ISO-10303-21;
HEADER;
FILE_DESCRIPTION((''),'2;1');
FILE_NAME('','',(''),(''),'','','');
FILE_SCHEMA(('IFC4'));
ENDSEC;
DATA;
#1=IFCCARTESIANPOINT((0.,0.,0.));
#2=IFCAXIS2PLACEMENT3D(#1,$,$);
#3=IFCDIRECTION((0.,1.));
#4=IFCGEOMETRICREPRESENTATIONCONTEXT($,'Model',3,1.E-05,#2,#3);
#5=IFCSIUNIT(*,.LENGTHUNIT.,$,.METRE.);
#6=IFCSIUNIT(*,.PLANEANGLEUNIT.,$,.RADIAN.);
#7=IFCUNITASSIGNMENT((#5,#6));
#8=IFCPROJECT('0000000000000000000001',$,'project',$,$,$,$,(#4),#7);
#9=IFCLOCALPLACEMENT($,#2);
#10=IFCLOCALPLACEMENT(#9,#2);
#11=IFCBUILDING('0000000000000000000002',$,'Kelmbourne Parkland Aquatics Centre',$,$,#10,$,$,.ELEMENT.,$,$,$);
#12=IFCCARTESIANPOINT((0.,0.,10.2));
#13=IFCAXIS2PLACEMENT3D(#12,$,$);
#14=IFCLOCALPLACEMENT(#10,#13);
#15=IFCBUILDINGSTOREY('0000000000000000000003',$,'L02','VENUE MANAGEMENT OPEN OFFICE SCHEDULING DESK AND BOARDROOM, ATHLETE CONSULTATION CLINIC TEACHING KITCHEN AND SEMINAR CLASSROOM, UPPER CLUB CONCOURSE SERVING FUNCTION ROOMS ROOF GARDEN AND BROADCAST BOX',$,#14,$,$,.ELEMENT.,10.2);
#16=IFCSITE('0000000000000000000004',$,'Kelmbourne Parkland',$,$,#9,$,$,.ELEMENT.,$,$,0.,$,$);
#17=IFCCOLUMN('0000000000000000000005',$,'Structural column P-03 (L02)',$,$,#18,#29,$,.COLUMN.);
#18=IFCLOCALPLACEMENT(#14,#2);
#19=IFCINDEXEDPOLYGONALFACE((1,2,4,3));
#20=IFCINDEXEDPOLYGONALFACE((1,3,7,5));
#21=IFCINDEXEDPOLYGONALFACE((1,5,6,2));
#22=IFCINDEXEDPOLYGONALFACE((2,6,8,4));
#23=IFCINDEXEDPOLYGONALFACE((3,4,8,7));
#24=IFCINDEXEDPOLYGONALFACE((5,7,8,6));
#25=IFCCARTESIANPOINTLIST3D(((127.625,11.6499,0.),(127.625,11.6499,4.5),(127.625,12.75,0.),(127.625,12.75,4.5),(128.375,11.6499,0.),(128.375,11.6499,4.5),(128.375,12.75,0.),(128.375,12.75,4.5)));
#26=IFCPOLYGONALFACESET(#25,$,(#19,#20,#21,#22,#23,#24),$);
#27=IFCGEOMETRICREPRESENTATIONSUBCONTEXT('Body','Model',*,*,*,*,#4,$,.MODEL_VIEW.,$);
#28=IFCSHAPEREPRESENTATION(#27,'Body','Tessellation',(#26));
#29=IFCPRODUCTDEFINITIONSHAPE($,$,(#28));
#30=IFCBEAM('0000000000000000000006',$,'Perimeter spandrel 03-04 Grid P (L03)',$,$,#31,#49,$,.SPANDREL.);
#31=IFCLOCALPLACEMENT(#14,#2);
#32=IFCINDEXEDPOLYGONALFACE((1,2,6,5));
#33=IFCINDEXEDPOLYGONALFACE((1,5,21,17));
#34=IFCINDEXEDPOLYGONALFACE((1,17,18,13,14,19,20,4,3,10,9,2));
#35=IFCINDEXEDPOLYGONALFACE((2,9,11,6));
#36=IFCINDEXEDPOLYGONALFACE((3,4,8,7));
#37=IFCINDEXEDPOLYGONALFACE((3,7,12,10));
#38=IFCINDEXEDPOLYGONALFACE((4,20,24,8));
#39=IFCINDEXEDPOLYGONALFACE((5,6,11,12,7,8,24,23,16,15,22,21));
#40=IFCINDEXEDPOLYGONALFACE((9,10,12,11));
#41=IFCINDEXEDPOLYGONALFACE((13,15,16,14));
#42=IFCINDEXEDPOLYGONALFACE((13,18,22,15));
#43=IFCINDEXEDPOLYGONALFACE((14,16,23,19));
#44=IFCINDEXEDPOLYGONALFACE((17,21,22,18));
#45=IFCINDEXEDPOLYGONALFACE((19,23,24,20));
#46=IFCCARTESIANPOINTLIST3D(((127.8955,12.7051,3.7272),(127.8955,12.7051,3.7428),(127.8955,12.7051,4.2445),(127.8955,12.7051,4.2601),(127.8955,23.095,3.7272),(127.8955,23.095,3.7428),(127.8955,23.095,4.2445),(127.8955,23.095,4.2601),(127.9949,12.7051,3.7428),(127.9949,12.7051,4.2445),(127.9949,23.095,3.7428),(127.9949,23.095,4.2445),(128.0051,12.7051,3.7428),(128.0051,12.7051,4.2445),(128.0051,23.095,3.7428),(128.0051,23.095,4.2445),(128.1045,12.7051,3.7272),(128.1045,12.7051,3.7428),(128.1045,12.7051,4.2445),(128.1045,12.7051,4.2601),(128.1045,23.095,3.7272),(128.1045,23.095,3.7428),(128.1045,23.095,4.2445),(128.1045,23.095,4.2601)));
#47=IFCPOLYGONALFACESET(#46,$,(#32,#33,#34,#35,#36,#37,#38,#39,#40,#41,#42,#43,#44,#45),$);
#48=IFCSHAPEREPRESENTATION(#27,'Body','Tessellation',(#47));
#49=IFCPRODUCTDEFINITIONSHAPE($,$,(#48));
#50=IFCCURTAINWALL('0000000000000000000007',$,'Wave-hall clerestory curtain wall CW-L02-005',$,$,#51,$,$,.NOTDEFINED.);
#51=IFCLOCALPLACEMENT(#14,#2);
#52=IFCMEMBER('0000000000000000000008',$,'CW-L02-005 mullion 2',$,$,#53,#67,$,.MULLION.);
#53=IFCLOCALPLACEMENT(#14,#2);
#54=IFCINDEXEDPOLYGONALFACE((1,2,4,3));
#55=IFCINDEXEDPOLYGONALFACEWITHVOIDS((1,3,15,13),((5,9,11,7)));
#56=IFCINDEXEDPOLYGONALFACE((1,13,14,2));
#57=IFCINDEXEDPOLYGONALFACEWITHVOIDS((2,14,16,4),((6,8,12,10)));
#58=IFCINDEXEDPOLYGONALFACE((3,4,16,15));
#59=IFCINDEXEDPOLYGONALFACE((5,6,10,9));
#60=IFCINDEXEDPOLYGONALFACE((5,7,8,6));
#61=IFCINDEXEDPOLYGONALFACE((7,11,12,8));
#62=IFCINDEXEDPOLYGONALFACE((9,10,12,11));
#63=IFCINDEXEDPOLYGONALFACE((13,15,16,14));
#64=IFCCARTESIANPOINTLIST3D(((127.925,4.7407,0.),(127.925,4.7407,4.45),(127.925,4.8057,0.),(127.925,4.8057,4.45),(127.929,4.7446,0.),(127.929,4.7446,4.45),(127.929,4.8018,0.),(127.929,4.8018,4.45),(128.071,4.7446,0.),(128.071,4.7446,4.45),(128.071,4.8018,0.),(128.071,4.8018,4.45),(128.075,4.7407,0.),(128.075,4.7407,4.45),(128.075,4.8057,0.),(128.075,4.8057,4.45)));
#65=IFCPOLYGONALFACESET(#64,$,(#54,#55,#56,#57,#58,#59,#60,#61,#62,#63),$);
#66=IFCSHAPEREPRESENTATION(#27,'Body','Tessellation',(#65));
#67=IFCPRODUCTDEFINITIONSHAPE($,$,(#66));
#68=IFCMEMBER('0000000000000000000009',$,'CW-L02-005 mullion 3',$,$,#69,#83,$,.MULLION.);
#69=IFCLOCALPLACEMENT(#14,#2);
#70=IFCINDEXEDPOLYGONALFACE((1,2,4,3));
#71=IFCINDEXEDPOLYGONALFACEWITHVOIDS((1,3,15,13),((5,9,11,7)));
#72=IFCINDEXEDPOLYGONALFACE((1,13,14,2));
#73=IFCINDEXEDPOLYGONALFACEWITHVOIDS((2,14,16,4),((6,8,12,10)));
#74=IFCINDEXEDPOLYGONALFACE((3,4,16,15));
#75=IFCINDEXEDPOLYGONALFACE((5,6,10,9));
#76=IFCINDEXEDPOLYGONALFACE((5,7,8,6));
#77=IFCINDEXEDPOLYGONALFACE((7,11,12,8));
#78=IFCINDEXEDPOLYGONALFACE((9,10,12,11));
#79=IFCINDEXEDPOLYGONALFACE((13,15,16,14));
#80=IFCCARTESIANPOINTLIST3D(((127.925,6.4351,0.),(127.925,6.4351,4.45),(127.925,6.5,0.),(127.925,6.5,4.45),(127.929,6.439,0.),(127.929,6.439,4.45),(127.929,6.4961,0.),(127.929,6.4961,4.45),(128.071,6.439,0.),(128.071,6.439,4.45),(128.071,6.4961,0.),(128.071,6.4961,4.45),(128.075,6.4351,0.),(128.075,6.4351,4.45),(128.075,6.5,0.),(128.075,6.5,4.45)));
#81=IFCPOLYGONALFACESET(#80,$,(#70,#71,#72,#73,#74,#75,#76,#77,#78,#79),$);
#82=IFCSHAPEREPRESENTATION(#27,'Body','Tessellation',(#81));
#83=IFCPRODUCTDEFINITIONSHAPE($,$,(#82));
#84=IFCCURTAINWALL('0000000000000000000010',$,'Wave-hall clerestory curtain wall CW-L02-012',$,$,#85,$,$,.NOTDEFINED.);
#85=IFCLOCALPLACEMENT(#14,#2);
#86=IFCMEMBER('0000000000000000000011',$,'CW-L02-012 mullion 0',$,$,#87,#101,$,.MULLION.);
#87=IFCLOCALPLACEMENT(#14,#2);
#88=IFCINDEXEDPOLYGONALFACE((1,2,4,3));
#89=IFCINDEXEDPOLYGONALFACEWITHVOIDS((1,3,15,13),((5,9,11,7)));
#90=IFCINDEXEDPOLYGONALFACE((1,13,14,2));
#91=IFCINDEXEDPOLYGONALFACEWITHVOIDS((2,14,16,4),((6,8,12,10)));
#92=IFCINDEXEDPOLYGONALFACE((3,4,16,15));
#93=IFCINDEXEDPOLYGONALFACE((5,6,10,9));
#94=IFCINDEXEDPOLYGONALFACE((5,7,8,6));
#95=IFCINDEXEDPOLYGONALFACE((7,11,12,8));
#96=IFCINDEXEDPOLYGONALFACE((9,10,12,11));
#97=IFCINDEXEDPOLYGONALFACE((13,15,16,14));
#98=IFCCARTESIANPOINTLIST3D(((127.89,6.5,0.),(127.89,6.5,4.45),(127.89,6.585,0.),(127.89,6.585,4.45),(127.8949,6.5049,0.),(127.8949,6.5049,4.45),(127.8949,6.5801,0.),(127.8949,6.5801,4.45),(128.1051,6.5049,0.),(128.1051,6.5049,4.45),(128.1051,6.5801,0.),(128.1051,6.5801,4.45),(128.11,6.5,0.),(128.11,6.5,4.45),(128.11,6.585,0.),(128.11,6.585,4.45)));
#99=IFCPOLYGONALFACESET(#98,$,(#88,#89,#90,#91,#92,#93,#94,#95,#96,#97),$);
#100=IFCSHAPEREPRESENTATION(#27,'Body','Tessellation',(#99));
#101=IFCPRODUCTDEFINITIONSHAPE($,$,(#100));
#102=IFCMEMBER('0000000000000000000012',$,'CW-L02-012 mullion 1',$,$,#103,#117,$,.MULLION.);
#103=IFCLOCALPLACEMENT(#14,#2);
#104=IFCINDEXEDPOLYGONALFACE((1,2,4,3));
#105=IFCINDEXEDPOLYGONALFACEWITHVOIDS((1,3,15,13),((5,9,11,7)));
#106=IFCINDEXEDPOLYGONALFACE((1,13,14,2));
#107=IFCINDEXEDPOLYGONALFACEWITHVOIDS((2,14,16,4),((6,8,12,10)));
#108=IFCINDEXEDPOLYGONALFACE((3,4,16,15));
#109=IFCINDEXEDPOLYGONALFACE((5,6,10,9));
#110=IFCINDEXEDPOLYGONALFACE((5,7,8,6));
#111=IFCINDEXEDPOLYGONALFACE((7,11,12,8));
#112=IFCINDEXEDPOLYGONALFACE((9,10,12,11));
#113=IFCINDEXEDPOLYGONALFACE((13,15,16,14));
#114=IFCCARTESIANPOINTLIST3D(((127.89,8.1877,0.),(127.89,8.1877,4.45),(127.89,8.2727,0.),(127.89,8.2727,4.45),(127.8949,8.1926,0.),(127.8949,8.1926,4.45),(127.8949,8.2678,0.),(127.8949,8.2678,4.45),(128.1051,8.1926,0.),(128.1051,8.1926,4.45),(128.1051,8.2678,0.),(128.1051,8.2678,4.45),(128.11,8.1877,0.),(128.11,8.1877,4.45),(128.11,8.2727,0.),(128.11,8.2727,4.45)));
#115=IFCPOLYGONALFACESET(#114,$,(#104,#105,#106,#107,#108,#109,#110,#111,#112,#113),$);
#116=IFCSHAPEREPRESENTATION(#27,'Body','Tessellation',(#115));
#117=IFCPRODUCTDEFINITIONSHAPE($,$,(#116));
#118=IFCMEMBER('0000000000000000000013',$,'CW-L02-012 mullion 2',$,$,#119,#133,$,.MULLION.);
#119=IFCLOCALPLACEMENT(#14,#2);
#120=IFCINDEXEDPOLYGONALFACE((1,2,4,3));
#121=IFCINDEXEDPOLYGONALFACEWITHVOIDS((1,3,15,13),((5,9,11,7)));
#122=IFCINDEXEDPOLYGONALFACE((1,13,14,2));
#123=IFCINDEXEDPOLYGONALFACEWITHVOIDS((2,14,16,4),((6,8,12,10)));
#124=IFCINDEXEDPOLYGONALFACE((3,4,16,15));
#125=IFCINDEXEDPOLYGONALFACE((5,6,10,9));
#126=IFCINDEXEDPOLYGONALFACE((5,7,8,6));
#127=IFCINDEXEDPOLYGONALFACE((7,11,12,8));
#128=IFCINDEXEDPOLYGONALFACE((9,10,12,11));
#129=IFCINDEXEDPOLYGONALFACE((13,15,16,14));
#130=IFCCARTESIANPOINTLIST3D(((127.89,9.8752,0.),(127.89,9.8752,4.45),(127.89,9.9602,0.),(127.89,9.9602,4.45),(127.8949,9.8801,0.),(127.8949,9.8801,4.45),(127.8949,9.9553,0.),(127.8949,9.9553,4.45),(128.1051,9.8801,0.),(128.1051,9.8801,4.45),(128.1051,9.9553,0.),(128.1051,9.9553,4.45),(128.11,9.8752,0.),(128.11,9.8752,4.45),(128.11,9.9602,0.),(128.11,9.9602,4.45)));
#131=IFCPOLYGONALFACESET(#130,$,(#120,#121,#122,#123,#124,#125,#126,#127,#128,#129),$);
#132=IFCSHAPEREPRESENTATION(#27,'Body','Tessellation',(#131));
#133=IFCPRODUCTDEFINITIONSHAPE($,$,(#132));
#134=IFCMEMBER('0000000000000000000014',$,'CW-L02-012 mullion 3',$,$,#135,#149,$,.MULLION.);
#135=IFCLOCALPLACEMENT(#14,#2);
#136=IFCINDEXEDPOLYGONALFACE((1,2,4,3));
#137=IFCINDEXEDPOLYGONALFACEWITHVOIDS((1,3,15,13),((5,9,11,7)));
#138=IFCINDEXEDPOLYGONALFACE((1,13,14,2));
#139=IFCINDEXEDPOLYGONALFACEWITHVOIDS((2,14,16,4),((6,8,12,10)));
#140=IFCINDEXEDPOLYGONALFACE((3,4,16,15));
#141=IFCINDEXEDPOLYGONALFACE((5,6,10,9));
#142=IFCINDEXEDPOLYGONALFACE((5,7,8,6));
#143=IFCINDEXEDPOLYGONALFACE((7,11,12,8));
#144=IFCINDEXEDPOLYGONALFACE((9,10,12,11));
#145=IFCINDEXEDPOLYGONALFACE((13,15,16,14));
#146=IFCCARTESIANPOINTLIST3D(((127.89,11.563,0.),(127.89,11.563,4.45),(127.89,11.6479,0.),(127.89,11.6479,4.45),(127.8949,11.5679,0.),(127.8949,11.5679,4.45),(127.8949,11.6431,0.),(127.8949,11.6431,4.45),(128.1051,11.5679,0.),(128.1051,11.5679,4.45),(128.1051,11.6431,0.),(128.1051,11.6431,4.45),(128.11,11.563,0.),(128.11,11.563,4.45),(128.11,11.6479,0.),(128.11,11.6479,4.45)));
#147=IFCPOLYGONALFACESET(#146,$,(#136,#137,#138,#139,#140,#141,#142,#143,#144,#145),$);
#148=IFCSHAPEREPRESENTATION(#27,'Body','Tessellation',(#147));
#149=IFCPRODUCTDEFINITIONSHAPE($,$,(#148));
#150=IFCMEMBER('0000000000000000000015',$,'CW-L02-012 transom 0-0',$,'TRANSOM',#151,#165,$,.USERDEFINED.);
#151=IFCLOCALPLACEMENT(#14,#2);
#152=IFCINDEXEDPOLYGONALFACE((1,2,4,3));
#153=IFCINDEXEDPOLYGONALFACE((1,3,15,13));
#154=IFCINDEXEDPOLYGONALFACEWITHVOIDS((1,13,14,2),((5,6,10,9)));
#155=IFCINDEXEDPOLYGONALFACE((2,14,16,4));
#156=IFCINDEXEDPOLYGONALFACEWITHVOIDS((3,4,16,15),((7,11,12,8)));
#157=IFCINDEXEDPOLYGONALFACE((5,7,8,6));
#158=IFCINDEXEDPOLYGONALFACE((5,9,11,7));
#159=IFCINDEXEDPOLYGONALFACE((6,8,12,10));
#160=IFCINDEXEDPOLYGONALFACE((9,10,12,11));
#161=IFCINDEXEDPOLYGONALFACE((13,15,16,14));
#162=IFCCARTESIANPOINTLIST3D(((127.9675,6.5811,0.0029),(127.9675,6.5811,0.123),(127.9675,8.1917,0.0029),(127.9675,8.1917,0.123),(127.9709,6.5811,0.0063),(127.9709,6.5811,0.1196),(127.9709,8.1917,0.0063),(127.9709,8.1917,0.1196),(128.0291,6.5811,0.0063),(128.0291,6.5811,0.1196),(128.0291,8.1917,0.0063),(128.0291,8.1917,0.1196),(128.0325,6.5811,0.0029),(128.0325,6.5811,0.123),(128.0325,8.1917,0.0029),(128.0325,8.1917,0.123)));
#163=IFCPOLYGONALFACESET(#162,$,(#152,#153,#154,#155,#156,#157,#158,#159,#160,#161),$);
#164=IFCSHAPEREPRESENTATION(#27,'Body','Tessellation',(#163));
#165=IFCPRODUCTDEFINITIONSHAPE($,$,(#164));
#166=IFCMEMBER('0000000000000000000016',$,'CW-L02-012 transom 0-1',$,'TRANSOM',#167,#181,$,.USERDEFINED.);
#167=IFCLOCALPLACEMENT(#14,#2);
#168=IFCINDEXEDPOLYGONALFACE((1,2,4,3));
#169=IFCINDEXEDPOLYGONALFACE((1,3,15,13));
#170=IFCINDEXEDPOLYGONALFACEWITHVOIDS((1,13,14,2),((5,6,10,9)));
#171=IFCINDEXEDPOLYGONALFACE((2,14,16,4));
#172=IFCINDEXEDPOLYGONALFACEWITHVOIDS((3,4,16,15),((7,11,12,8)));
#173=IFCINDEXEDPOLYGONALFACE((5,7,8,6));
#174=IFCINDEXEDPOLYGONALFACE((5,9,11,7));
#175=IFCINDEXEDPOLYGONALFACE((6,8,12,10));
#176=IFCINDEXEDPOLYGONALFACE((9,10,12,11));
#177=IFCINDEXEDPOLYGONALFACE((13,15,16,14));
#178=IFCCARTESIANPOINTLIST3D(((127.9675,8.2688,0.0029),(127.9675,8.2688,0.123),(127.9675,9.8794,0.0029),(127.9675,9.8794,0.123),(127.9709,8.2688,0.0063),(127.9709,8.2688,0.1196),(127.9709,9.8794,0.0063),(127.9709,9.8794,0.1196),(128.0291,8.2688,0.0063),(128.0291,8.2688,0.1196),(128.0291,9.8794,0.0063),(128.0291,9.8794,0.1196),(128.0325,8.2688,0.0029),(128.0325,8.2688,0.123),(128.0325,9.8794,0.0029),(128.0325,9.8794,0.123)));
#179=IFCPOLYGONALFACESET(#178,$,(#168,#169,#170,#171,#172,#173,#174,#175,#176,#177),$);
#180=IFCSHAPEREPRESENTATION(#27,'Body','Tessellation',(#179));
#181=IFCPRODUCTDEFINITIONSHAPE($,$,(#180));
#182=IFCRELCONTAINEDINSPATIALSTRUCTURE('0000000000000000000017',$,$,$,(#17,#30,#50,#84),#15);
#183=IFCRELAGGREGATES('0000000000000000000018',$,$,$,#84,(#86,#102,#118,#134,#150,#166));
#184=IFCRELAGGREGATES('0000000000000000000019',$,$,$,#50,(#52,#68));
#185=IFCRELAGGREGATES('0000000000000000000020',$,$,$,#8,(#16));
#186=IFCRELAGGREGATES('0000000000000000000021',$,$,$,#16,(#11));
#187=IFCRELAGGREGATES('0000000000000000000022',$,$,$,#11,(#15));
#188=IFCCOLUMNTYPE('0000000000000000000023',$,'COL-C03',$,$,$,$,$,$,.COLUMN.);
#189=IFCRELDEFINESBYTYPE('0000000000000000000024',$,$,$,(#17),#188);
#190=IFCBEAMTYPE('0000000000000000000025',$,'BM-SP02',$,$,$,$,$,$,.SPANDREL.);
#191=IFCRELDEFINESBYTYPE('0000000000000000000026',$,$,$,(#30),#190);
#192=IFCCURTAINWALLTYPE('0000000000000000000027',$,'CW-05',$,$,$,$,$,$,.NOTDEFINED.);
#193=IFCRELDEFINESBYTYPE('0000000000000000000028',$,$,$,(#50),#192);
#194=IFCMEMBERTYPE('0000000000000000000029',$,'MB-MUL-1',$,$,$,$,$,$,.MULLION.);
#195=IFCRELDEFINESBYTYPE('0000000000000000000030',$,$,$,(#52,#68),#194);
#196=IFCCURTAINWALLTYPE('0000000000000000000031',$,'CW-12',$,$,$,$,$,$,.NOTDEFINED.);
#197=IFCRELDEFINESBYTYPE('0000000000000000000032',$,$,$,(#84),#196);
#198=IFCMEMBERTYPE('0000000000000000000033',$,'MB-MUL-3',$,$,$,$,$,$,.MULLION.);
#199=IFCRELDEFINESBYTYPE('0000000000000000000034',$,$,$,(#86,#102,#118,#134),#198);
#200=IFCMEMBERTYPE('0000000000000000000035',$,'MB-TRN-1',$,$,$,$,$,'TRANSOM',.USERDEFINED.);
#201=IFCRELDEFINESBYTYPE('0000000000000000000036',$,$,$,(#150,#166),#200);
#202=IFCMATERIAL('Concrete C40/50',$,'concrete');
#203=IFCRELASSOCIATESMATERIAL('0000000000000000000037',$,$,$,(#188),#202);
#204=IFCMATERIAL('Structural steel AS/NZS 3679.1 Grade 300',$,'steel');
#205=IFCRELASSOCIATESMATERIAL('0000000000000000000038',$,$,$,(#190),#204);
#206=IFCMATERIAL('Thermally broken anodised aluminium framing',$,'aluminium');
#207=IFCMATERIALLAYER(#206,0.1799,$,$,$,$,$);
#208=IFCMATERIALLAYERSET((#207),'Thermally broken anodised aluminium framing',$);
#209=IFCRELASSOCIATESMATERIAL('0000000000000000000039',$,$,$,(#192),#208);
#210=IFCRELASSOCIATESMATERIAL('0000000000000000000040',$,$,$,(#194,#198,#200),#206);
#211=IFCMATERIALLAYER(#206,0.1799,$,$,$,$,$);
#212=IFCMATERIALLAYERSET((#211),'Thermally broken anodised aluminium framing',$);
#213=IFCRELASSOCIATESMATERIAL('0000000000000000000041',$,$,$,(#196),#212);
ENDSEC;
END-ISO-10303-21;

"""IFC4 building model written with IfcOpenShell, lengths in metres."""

from ifc_helpers import new_model, si_unit, direction, frame, origin, origin_2d, place, context, subcontext, project, spatial, rectangle, hollow_rectangle, i_section, extrude, material, layer, layer_set, material_profile, profile_set, type_object, element, aggregate, save


model = new_model("IFC4")

# Units and contexts
model_context = context("Model", 3, precision=1e-05, world=origin(), true_north=direction((0.0, 1.0)))
body_context = subcontext(model_context, "Body", "Model", "MODEL_VIEW")
ifc_project = project(units=[si_unit("LENGTHUNIT", "METRE"), si_unit("PLANEANGLEUNIT", "RADIAN")], contexts=[model_context])

# Site, building, storey
site_placement = place(None, origin())
site = spatial("IfcSite", under=ifc_project, at=site_placement, Name="Kelmbourne Parkland", CompositionType="ELEMENT", RefElevation=0.0)
building_placement = place(site_placement, origin())
building = spatial("IfcBuilding", under=site, at=building_placement, Name="Kelmbourne Parkland Aquatics Centre", CompositionType="ELEMENT")
storey_placement = place(building_placement, frame((0.0, 0.0, 10.2)))
storey = spatial("IfcBuildingStorey", under=building, at=storey_placement, Name="L02", Description="VENUE MANAGEMENT OPEN OFFICE SCHEDULING DESK AND BOARDROOM, ATHLETE CONSULTATION CLINIC TEACHING KITCHEN AND SEMINAR CLASSROOM, UPPER CLUB CONCOURSE SERVING FUNCTION ROOMS ROOF GARDEN AND BROADCAST BOX", CompositionType="ELEMENT", Elevation=10.2)

# Column
ifc_material_1 = material(Name="Concrete C40/50", Category="concrete")
ifc_material_profile_1 = material_profile(ifc_material_1, rectangle(XDim=0.75, YDim=1.1001, at=origin_2d()), Name="RC 750x1100")
ifc_profile_set_1 = profile_set([ifc_material_profile_1], Name="Concrete C40/50")
column_type = type_object("IfcColumnType", Name="COL-C03", PredefinedType="COLUMN", material=ifc_profile_set_1)
column_placement = place(storey_placement, frame((128.0, 12.2, 0.0), z_axis=(0.0, 0.0, 1.0), x_axis=(1.0, 0.0, 0.0)))
element("IfcColumn", 1, at=column_placement, inside=storey, type_object=column_type, Name="Structural column P-03 (L02)", PredefinedType="COLUMN", context=body_context, shape_type="SweptSolid", body=[
    extrude(rectangle(XDim=0.75, YDim=1.1001, at=origin_2d()), origin(), (0.0, 0.0, 1.0), 4.5),
])

# Beam
ifc_material_2 = material(Name="Structural steel AS/NZS 3679.1 Grade 300", Category="steel")
ifc_material_profile_2 = material_profile(ifc_material_2, i_section(OverallWidth=0.209, OverallDepth=0.533, WebThickness=0.0103, FlangeThickness=0.0156, at=origin_2d()), Name="530UB92.4")
ifc_profile_set_2 = profile_set([ifc_material_profile_2], Name="Structural steel AS/NZS 3679.1 Grade 300")
beam_type = type_object("IfcBeamType", Name="BM-SP02", PredefinedType="SPANDREL", material=ifc_profile_set_2)
beam_placement = place(storey_placement, frame((128.0, 12.7051, 3.9937), z_axis=(0.0, 1.0, 0.0), x_axis=(-1.0, 0.0, 0.0)))
element("IfcBeam", 2, at=beam_placement, inside=storey, type_object=beam_type, Name="Perimeter spandrel 03-04 Grid P (L03)", PredefinedType="SPANDREL", context=body_context, shape_type="SweptSolid", body=[
    extrude(i_section(OverallWidth=0.209, OverallDepth=0.533, WebThickness=0.0103, FlangeThickness=0.0156, at=origin_2d()), origin(), (0.0, 0.0, 1.0), 10.3899),
])

# Curtain walls, members
ifc_material_3 = material(Name="Thermally broken anodised aluminium framing", Category="aluminium")
ifc_layer_1 = layer(ifc_material_3, 0.1799)
ifc_layer_set_1 = layer_set([ifc_layer_1], Name="Thermally broken anodised aluminium framing")
curtain_wall_type_1 = type_object("IfcCurtainWallType", Name="CW-05", PredefinedType="NOTDEFINED", material=ifc_layer_set_1)
curtain_wall_1_placement = place(storey_placement, origin())
curtain_wall_1 = element("IfcCurtainWall", 3, at=curtain_wall_1_placement, inside=storey, type_object=curtain_wall_type_1, Name="Wave-hall clerestory curtain wall CW-L02-005", PredefinedType="NOTDEFINED")
ifc_material_profile_3 = material_profile(ifc_material_3, hollow_rectangle(XDim=0.0649, YDim=0.1499, WallThickness=0.0039, at=origin_2d()), Name="CW-M 65x150")
ifc_profile_set_3 = profile_set([ifc_material_profile_3], Name="Thermally broken anodised aluminium framing")
member_type_1 = type_object("IfcMemberType", Name="MB-MUL-1", PredefinedType="MULLION", material=ifc_profile_set_3)
member_1_placement = place(storey_placement, frame((128.0, 4.7732, 0.0), z_axis=(0.0, 0.0, 1.0), x_axis=(0.0, 1.0, 0.0)))
member_1 = element("IfcMember", 4, at=member_1_placement, type_object=member_type_1, Name="CW-L02-005 mullion 2", PredefinedType="MULLION", context=body_context, shape_type="SweptSolid", body=[
    extrude(hollow_rectangle(XDim=0.0649, YDim=0.1499, WallThickness=0.0039, at=origin_2d()), origin(), (0.0, 0.0, 1.0), 4.45),
])
member_2_placement = place(storey_placement, frame((128.0, 6.4675, 0.0), z_axis=(0.0, 0.0, 1.0), x_axis=(0.0, 1.0, 0.0)))
member_2 = element("IfcMember", 5, at=member_2_placement, type_object=member_type_1, Name="CW-L02-005 mullion 3", PredefinedType="MULLION", context=body_context, shape_type="SweptSolid", body=[
    extrude(hollow_rectangle(XDim=0.0649, YDim=0.1499, WallThickness=0.0039, at=origin_2d()), origin(), (0.0, 0.0, 1.0), 4.45),
])
ifc_layer_2 = layer(ifc_material_3, 0.1799)
ifc_layer_set_2 = layer_set([ifc_layer_2], Name="Thermally broken anodised aluminium framing")
curtain_wall_type_2 = type_object("IfcCurtainWallType", Name="CW-12", PredefinedType="NOTDEFINED", material=ifc_layer_set_2)
curtain_wall_2_placement = place(storey_placement, origin())
curtain_wall_2 = element("IfcCurtainWall", 6, at=curtain_wall_2_placement, inside=storey, type_object=curtain_wall_type_2, Name="Wave-hall clerestory curtain wall CW-L02-012", PredefinedType="NOTDEFINED")
ifc_material_profile_4 = material_profile(ifc_material_3, hollow_rectangle(XDim=0.085, YDim=0.22, WallThickness=0.0049, at=origin_2d()), Name="CW-M 85x220")
ifc_profile_set_4 = profile_set([ifc_material_profile_4], Name="Thermally broken anodised aluminium framing")
member_type_2 = type_object("IfcMemberType", Name="MB-MUL-3", PredefinedType="MULLION", material=ifc_profile_set_4)
member_3_placement = place(storey_placement, frame((128.0, 6.5425, 0.0), z_axis=(0.0, 0.0, 1.0), x_axis=(0.0, 1.0, 0.0)))
member_3 = element("IfcMember", 7, at=member_3_placement, type_object=member_type_2, Name="CW-L02-012 mullion 0", PredefinedType="MULLION", context=body_context, shape_type="SweptSolid", body=[
    extrude(hollow_rectangle(XDim=0.085, YDim=0.22, WallThickness=0.0049, at=origin_2d()), origin(), (0.0, 0.0, 1.0), 4.45),
])
member_4_placement = place(storey_placement, frame((128.0, 8.2302, 0.0), z_axis=(0.0, 0.0, 1.0), x_axis=(0.0, 1.0, 0.0)))
member_4 = element("IfcMember", 8, at=member_4_placement, type_object=member_type_2, Name="CW-L02-012 mullion 1", PredefinedType="MULLION", context=body_context, shape_type="SweptSolid", body=[
    extrude(hollow_rectangle(XDim=0.085, YDim=0.22, WallThickness=0.0049, at=origin_2d()), origin(), (0.0, 0.0, 1.0), 4.45),
])
member_5_placement = place(storey_placement, frame((128.0, 9.9177, 0.0), z_axis=(0.0, 0.0, 1.0), x_axis=(0.0, 1.0, 0.0)))
member_5 = element("IfcMember", 9, at=member_5_placement, type_object=member_type_2, Name="CW-L02-012 mullion 2", PredefinedType="MULLION", context=body_context, shape_type="SweptSolid", body=[
    extrude(hollow_rectangle(XDim=0.085, YDim=0.22, WallThickness=0.0049, at=origin_2d()), origin(), (0.0, 0.0, 1.0), 4.45),
])
member_6_placement = place(storey_placement, frame((128.0, 11.6055, 0.0), z_axis=(0.0, 0.0, 1.0), x_axis=(0.0, 1.0, 0.0)))
member_6 = element("IfcMember", 10, at=member_6_placement, type_object=member_type_2, Name="CW-L02-012 mullion 3", PredefinedType="MULLION", context=body_context, shape_type="SweptSolid", body=[
    extrude(hollow_rectangle(XDim=0.085, YDim=0.22, WallThickness=0.0049, at=origin_2d()), origin(), (0.0, 0.0, 1.0), 4.45),
])
ifc_material_profile_5 = material_profile(ifc_material_3, hollow_rectangle(XDim=0.0649, YDim=0.1201, WallThickness=0.0034, at=origin_2d()), Name="CW-T 65x120")
ifc_profile_set_5 = profile_set([ifc_material_profile_5], Name="Thermally broken anodised aluminium framing")
member_type_3 = type_object("IfcMemberType", Name="MB-TRN-1", ElementType="TRANSOM", PredefinedType="USERDEFINED", material=ifc_profile_set_5)
member_7_placement = place(storey_placement, frame((128.0, 6.5811, 0.063), z_axis=(0.0, 1.0, 0.0), x_axis=(-1.0, 0.0, 0.0)))
member_7 = element("IfcMember", 11, at=member_7_placement, type_object=member_type_3, Name="CW-L02-012 transom 0-0", ObjectType="TRANSOM", PredefinedType="USERDEFINED", context=body_context, shape_type="SweptSolid", body=[
    extrude(hollow_rectangle(XDim=0.0649, YDim=0.1201, WallThickness=0.0034, at=origin_2d()), origin(), (0.0, 0.0, 1.0), 1.6106),
])
member_8_placement = place(storey_placement, frame((128.0, 8.2688, 0.063), z_axis=(0.0, 1.0, 0.0), x_axis=(-1.0, 0.0, 0.0)))
member_8 = element("IfcMember", 12, at=member_8_placement, type_object=member_type_3, Name="CW-L02-012 transom 0-1", ObjectType="TRANSOM", PredefinedType="USERDEFINED", context=body_context, shape_type="SweptSolid", body=[
    extrude(hollow_rectangle(XDim=0.0649, YDim=0.1201, WallThickness=0.0034, at=origin_2d()), origin(), (0.0, 0.0, 1.0), 1.6106),
])

aggregate(curtain_wall_2, [member_3, member_4, member_5, member_6, member_7, member_8])
aggregate(curtain_wall_1, [member_1, member_2])

save(model, "model.ifc")
